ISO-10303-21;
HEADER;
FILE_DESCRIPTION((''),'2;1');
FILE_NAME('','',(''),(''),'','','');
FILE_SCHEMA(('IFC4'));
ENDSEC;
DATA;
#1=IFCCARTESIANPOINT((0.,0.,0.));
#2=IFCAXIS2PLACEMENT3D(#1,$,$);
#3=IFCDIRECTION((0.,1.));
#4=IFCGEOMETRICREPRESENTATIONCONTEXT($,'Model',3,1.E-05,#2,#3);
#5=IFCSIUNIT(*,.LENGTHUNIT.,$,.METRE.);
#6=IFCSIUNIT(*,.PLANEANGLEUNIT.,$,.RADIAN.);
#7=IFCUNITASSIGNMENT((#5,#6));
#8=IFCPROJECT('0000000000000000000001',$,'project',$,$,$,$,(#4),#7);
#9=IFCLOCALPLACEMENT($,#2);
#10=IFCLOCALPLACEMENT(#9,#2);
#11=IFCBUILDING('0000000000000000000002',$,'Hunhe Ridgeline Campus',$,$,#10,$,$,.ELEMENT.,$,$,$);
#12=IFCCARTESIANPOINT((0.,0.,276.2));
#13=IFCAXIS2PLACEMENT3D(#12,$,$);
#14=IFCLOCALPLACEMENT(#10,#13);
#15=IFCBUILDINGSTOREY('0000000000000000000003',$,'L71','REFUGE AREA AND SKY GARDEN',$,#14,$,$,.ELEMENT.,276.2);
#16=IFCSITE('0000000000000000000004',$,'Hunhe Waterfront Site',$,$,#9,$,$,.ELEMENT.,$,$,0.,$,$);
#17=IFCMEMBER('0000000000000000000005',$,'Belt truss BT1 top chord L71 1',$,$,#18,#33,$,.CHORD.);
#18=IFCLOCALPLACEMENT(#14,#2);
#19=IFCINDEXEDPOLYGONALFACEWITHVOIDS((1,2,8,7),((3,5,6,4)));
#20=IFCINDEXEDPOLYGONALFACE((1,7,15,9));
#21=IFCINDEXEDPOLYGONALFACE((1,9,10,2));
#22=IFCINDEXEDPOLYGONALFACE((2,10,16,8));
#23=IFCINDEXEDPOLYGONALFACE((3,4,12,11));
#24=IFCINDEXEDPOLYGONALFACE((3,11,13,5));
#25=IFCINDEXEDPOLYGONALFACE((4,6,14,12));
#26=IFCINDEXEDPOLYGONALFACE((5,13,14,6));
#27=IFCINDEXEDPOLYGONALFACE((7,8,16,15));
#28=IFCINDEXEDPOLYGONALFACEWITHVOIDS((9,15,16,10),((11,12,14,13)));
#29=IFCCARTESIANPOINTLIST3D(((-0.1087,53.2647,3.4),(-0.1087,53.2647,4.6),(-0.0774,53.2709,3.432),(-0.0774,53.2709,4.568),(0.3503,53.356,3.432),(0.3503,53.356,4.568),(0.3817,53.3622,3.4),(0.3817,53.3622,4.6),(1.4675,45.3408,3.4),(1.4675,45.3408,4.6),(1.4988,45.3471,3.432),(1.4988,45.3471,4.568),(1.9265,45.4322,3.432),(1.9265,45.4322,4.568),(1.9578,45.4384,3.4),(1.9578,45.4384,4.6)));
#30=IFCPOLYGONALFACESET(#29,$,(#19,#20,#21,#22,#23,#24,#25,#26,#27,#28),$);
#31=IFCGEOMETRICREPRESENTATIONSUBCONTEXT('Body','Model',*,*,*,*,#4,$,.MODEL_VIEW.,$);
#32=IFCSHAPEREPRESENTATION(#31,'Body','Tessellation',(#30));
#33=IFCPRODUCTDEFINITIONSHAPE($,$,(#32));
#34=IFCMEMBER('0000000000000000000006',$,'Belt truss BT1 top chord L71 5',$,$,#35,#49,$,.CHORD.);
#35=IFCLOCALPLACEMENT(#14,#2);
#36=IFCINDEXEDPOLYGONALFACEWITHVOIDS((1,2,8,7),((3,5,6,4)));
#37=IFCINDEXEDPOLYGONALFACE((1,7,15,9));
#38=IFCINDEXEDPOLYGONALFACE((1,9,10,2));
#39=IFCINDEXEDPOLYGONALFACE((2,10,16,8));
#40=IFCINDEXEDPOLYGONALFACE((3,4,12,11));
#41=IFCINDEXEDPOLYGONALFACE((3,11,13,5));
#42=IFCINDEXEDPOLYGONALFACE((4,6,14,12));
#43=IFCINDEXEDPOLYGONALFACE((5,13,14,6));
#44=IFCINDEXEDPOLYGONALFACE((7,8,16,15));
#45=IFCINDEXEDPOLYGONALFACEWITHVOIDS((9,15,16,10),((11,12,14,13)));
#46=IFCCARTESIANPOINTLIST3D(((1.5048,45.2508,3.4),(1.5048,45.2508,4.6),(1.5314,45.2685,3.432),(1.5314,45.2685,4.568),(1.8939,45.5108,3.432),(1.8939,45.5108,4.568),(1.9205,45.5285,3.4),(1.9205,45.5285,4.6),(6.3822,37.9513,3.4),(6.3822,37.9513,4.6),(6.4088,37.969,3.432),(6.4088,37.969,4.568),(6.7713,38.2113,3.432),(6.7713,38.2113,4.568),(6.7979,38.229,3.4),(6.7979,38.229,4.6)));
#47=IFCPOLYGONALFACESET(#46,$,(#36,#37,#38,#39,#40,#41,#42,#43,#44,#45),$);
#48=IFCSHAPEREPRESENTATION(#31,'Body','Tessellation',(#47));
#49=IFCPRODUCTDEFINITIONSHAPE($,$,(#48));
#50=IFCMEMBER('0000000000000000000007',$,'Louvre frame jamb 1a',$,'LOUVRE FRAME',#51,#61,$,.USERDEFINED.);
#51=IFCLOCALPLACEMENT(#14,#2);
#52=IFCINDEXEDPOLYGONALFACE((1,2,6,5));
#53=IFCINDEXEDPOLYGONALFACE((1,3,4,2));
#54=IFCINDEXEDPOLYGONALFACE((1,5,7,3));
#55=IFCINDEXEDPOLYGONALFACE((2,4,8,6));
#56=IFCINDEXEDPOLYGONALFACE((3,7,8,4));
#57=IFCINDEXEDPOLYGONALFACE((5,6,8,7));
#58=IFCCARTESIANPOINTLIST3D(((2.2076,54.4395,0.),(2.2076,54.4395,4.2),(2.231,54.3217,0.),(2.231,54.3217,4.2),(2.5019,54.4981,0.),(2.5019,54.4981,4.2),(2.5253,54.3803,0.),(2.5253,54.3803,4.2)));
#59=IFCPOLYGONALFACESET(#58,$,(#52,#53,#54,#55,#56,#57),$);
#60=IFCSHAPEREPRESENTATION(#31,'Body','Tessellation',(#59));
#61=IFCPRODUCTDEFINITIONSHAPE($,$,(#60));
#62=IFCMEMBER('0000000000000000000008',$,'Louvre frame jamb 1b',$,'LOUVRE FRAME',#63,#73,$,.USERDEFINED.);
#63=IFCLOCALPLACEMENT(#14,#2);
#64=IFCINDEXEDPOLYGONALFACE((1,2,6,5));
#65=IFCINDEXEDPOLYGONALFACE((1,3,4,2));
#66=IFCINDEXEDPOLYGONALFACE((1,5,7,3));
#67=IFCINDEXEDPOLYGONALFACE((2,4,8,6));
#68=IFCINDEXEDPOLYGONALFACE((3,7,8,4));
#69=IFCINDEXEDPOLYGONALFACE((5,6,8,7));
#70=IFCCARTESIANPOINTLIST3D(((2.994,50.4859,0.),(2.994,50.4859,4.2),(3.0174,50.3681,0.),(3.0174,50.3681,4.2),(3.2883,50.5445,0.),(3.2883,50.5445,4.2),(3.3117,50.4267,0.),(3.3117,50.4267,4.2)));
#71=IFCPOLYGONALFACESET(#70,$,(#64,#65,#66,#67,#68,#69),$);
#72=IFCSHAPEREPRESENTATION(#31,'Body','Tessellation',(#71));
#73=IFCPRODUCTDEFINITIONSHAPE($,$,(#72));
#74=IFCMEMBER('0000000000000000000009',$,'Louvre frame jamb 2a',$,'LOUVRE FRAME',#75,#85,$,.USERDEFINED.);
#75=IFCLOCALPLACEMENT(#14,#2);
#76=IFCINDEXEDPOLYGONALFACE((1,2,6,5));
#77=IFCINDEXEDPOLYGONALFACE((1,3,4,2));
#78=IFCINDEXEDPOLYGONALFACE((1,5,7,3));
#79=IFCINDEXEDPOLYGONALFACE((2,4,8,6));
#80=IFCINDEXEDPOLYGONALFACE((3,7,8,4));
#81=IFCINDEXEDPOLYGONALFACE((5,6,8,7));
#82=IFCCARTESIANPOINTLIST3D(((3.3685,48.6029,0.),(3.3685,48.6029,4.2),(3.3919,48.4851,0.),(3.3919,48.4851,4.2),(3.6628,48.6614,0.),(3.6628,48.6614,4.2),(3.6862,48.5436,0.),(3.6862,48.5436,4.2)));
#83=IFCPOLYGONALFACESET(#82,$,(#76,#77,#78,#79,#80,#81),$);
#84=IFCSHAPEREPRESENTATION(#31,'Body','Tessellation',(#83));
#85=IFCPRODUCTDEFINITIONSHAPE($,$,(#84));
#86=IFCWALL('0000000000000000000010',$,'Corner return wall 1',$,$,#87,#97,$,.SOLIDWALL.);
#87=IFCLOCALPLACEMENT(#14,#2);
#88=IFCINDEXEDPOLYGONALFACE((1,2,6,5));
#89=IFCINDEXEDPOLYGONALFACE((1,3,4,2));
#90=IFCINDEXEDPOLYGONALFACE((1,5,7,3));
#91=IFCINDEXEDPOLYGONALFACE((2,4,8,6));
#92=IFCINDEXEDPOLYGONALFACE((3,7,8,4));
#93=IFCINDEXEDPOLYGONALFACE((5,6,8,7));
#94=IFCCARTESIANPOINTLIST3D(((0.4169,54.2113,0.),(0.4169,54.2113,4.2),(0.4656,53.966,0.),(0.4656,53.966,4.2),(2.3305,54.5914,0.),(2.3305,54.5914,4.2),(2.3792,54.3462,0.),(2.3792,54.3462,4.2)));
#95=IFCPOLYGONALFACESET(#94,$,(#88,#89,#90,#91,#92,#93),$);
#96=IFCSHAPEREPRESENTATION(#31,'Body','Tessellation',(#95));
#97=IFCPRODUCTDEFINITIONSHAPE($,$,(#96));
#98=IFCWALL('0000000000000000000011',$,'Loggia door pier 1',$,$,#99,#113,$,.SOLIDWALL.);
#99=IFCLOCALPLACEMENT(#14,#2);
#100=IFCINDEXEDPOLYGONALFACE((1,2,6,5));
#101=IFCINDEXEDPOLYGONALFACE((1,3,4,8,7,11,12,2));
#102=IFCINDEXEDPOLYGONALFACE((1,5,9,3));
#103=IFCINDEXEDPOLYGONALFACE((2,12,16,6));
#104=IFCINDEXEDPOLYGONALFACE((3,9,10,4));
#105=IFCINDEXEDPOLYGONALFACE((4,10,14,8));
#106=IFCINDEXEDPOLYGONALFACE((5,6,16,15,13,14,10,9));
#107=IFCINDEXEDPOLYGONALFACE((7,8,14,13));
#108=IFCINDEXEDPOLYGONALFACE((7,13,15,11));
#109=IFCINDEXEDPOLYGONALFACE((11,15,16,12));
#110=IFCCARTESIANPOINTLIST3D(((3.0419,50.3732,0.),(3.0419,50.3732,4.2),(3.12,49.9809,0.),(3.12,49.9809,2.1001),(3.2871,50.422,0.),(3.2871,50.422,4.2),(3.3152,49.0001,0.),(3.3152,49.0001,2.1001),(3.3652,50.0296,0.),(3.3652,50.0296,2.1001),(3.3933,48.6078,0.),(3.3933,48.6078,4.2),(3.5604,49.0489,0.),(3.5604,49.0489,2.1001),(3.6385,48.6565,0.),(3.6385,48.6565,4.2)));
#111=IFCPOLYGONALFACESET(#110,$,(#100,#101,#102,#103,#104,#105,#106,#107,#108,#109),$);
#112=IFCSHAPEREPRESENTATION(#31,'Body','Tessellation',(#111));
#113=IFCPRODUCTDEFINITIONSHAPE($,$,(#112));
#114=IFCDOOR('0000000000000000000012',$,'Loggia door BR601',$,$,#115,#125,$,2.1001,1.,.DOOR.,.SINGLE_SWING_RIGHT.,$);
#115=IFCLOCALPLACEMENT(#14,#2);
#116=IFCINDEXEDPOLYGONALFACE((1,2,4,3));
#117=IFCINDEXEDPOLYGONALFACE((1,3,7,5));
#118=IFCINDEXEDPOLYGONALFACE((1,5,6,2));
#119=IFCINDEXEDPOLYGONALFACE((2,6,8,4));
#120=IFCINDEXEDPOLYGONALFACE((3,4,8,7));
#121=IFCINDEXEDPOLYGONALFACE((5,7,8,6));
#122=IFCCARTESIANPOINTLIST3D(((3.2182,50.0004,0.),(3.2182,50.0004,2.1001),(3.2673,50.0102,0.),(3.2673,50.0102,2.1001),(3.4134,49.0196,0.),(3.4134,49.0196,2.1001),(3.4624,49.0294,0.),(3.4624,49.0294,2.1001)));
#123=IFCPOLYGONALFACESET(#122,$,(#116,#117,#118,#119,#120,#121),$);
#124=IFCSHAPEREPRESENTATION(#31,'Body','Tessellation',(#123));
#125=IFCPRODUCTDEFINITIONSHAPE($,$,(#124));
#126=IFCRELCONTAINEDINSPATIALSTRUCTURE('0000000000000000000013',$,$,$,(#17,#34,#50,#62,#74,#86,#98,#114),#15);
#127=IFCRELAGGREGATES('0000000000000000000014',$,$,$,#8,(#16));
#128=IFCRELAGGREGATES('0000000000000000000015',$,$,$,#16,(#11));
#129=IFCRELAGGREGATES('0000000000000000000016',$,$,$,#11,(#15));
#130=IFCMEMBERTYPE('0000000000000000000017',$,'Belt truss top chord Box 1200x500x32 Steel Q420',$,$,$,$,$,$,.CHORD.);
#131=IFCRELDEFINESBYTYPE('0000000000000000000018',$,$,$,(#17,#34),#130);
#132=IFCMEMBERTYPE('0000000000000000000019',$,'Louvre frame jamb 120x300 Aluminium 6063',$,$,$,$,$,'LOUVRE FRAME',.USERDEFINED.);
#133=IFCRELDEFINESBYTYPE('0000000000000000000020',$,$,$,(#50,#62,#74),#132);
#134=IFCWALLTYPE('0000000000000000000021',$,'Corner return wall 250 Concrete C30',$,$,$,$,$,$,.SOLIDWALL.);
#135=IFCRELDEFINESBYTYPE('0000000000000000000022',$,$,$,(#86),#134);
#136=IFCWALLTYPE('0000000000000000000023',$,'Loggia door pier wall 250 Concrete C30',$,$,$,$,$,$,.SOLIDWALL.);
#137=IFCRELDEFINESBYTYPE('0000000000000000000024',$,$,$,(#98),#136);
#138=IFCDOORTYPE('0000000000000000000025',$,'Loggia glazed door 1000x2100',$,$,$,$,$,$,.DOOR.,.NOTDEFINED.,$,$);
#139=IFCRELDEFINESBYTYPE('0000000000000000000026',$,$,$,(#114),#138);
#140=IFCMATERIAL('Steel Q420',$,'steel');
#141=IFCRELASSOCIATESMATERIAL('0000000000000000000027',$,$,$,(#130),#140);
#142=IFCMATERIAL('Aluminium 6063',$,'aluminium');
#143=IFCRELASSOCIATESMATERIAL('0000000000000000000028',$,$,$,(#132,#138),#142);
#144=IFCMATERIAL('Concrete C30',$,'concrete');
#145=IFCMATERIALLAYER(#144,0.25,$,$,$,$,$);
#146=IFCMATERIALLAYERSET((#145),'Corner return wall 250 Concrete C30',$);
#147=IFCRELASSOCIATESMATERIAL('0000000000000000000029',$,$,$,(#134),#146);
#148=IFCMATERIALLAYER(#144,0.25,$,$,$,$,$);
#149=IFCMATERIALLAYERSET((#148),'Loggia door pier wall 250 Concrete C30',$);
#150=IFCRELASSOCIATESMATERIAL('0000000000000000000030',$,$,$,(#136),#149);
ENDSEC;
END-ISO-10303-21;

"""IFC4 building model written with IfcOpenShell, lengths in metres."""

from ifc_helpers import new_model, si_unit, direction, frame, frame_2d, origin, origin_2d, place, context, subcontext, project, spatial, rectangle, hollow_rectangle, extrude, material, layer, layer_set, material_profile, profile_set, type_object, element, fill, save


model = new_model("IFC4")

# Units and contexts
model_context = context("Model", 3, precision=1e-05, world=origin(), true_north=direction((0.0, 1.0)))
body_context = subcontext(model_context, "Body", "Model", "MODEL_VIEW")
ifc_project = project(units=[si_unit("LENGTHUNIT", "METRE"), si_unit("PLANEANGLEUNIT", "RADIAN")], contexts=[model_context])

# Site, building, storey
site_placement = place(None, origin())
site = spatial("IfcSite", under=ifc_project, at=site_placement, Name="Hunhe Waterfront Site", CompositionType="ELEMENT", RefElevation=0.0)
building_placement = place(site_placement, origin())
building = spatial("IfcBuilding", under=site, at=building_placement, Name="Hunhe Ridgeline Campus", CompositionType="ELEMENT")
storey_placement = place(building_placement, frame((0.0, 0.0, 276.2)))
storey = spatial("IfcBuildingStorey", under=building, at=storey_placement, Name="L71", Description="REFUGE AREA AND SKY GARDEN", CompositionType="ELEMENT", Elevation=276.2)

# Members
ifc_material_1 = material(Name="Steel Q420", Category="steel")
ifc_material_profile_1 = material_profile(ifc_material_1, hollow_rectangle(XDim=0.5, YDim=1.2, WallThickness=0.032, at=origin_2d()))
ifc_profile_set_1 = profile_set([ifc_material_profile_1], Name="Steel Q420")
member_type_1 = type_object("IfcMemberType", Name="Belt truss top chord Box 1200x500x32 Steel Q420", PredefinedType="CHORD", material=ifc_profile_set_1)
member_1_placement = place(storey_placement, frame((0.1365, 53.3135, 4.0), z_axis=(0.195093, -0.980785, 0.0), x_axis=(0.980785, 0.195093, 0.0)))
element("IfcMember", 1, at=member_1_placement, inside=storey, type_object=member_type_1, Name="Belt truss BT1 top chord L71 1", PredefinedType="CHORD", context=body_context, shape_type="SweptSolid", body=[
    extrude(hollow_rectangle(XDim=0.5, YDim=1.2, WallThickness=0.032, at=origin_2d()), origin(), (0.0, 0.0, 1.0), 8.0791),
])
member_2_placement = place(storey_placement, frame((1.7126, 45.3896, 4.0), z_axis=(0.555573, -0.831468, 0.0), x_axis=(0.831468, 0.555573, 0.0)))
element("IfcMember", 2, at=member_2_placement, inside=storey, type_object=member_type_1, Name="Belt truss BT1 top chord L71 5", PredefinedType="CHORD", context=body_context, shape_type="SweptSolid", body=[
    extrude(hollow_rectangle(XDim=0.5, YDim=1.2, WallThickness=0.032, at=origin_2d()), origin(), (0.0, 0.0, 1.0), 8.7791),
])
ifc_material_2 = material(Name="Aluminium 6063", Category="aluminium")
ifc_material_profile_2 = material_profile(ifc_material_2, rectangle(XDim=0.3, YDim=0.1201, at=origin_2d()))
ifc_profile_set_2 = profile_set([ifc_material_profile_2], Name="Aluminium 6063")
member_type_2 = type_object("IfcMemberType", Name="Louvre frame jamb 120x300 Aluminium 6063", ElementType="LOUVRE FRAME", PredefinedType="USERDEFINED", material=ifc_profile_set_2)
for number, where, z_axis, x_axis, name in (
    (3, (2.3665, 54.4099, 0.0), (0.0, 0.0, 1.0), (0.980784, 0.195095, 0.0), "Louvre frame jamb 1a"),
    (4, (3.1528, 50.4563, 0.0), (0.0, 0.0, 1.0), (0.980784, 0.195095, 0.0), "Louvre frame jamb 1b"),
    (5, (3.5273, 48.5732, 0.0), (0.0, 0.0, 1.0), (0.980784, 0.195095, 0.0), "Louvre frame jamb 2a"),
):
    element("IfcMember", number, at=place(storey_placement, frame(where, z_axis=z_axis, x_axis=x_axis)), inside=storey, type_object=member_type_2, Name=name, ObjectType="LOUVRE FRAME", PredefinedType="USERDEFINED", context=body_context, shape_type="SweptSolid", body=[
        extrude(rectangle(XDim=0.3, YDim=0.1201, at=origin_2d()), origin(), (0.0, 0.0, 1.0), 4.2),
    ])

# Wall
ifc_material_3 = material(Name="Concrete C30", Category="concrete")
ifc_layer_1 = layer(ifc_material_3, 0.25)
ifc_layer_set_1 = layer_set([ifc_layer_1], Name="Corner return wall 250 Concrete C30")
wall_type_1 = type_object("IfcWallType", Name="Corner return wall 250 Concrete C30", PredefinedType="SOLIDWALL", material=ifc_layer_set_1)
wall_1_placement = place(storey_placement, frame((0.4412, 54.0886, 0.0), z_axis=(0.0, 0.0, 1.0), x_axis=(0.980835, 0.194841, 0.0)))
element("IfcWall", 6, at=wall_1_placement, inside=storey, type_object=wall_type_1, Name="Corner return wall 1", PredefinedType="SOLIDWALL", context=body_context, shape_type="SweptSolid", body=[
    extrude(rectangle(XDim=1.9509, YDim=0.25, at=frame_2d((0.9756, 0.0))), origin(), (0.0, 0.0, 1.0), 4.2),
])

# Wall, opening, door
ifc_layer_2 = layer(ifc_material_3, 0.25)
ifc_layer_set_2 = layer_set([ifc_layer_2], Name="Loggia door pier wall 250 Concrete C30")
wall_type_2 = type_object("IfcWallType", Name="Loggia door pier wall 250 Concrete C30", PredefinedType="SOLIDWALL", material=ifc_layer_set_2)
wall_2_placement = place(storey_placement, frame((3.1646, 50.3975, 0.0), z_axis=(0.0, 0.0, 1.0), x_axis=(0.195177, -0.980768, 0.0)))
wall_2 = element("IfcWall", 7, at=wall_2_placement, inside=storey, type_object=wall_type_2, Name="Loggia door pier 1", PredefinedType="SOLIDWALL", context=body_context, shape_type="SweptSolid", body=[
    extrude(rectangle(XDim=1.8, YDim=0.25, at=frame_2d((0.8999, 0.0))), origin(), (0.0, 0.0, 1.0), 4.2),
])
opening_placement = place(wall_2_placement, frame((0.3999, 0.0, 0.0)))
opening = element("IfcOpeningElement", 8, at=opening_placement, cuts=wall_2, PredefinedType="OPENING", context=body_context, shape_type="SweptSolid", body=[
    extrude(rectangle(XDim=1.0, YDim=2.1001, at=frame_2d((0.5, 1.05))), frame((0.0, 0.125, 0.0), z_axis=(0.0, -1.0, 0.0), x_axis=(1.0, 0.0, 0.0)), (0.0, 0.0, 1.0), 0.25),
])
door_type = type_object("IfcDoorType", Name="Loggia glazed door 1000x2100", OperationType="NOTDEFINED", PredefinedType="DOOR", material=ifc_material_2)
door_placement = place(opening_placement, frame((1.0, 0.0, 0.0), z_axis=(0.0, 0.0, 1.0), x_axis=(-1.0, 0.0, 0.0)))
door = element("IfcDoor", 9, at=door_placement, inside=storey, type_object=door_type, Name="Loggia door BR601", OperationType="SINGLE_SWING_RIGHT", OverallHeight=2.1001, OverallWidth=1.0, PredefinedType="DOOR", context=body_context, shape_type="SweptSolid", body=[
    extrude(rectangle(XDim=1.0, YDim=2.1001, at=frame_2d((0.5, 1.05))), frame((0.0, 0.0249, 0.0), z_axis=(0.0, -1.0, 0.0), x_axis=(1.0, 0.0, 0.0)), (0.0, 0.0, 1.0), 0.05),
])
fill(opening, door)

save(model, "model.ifc")
